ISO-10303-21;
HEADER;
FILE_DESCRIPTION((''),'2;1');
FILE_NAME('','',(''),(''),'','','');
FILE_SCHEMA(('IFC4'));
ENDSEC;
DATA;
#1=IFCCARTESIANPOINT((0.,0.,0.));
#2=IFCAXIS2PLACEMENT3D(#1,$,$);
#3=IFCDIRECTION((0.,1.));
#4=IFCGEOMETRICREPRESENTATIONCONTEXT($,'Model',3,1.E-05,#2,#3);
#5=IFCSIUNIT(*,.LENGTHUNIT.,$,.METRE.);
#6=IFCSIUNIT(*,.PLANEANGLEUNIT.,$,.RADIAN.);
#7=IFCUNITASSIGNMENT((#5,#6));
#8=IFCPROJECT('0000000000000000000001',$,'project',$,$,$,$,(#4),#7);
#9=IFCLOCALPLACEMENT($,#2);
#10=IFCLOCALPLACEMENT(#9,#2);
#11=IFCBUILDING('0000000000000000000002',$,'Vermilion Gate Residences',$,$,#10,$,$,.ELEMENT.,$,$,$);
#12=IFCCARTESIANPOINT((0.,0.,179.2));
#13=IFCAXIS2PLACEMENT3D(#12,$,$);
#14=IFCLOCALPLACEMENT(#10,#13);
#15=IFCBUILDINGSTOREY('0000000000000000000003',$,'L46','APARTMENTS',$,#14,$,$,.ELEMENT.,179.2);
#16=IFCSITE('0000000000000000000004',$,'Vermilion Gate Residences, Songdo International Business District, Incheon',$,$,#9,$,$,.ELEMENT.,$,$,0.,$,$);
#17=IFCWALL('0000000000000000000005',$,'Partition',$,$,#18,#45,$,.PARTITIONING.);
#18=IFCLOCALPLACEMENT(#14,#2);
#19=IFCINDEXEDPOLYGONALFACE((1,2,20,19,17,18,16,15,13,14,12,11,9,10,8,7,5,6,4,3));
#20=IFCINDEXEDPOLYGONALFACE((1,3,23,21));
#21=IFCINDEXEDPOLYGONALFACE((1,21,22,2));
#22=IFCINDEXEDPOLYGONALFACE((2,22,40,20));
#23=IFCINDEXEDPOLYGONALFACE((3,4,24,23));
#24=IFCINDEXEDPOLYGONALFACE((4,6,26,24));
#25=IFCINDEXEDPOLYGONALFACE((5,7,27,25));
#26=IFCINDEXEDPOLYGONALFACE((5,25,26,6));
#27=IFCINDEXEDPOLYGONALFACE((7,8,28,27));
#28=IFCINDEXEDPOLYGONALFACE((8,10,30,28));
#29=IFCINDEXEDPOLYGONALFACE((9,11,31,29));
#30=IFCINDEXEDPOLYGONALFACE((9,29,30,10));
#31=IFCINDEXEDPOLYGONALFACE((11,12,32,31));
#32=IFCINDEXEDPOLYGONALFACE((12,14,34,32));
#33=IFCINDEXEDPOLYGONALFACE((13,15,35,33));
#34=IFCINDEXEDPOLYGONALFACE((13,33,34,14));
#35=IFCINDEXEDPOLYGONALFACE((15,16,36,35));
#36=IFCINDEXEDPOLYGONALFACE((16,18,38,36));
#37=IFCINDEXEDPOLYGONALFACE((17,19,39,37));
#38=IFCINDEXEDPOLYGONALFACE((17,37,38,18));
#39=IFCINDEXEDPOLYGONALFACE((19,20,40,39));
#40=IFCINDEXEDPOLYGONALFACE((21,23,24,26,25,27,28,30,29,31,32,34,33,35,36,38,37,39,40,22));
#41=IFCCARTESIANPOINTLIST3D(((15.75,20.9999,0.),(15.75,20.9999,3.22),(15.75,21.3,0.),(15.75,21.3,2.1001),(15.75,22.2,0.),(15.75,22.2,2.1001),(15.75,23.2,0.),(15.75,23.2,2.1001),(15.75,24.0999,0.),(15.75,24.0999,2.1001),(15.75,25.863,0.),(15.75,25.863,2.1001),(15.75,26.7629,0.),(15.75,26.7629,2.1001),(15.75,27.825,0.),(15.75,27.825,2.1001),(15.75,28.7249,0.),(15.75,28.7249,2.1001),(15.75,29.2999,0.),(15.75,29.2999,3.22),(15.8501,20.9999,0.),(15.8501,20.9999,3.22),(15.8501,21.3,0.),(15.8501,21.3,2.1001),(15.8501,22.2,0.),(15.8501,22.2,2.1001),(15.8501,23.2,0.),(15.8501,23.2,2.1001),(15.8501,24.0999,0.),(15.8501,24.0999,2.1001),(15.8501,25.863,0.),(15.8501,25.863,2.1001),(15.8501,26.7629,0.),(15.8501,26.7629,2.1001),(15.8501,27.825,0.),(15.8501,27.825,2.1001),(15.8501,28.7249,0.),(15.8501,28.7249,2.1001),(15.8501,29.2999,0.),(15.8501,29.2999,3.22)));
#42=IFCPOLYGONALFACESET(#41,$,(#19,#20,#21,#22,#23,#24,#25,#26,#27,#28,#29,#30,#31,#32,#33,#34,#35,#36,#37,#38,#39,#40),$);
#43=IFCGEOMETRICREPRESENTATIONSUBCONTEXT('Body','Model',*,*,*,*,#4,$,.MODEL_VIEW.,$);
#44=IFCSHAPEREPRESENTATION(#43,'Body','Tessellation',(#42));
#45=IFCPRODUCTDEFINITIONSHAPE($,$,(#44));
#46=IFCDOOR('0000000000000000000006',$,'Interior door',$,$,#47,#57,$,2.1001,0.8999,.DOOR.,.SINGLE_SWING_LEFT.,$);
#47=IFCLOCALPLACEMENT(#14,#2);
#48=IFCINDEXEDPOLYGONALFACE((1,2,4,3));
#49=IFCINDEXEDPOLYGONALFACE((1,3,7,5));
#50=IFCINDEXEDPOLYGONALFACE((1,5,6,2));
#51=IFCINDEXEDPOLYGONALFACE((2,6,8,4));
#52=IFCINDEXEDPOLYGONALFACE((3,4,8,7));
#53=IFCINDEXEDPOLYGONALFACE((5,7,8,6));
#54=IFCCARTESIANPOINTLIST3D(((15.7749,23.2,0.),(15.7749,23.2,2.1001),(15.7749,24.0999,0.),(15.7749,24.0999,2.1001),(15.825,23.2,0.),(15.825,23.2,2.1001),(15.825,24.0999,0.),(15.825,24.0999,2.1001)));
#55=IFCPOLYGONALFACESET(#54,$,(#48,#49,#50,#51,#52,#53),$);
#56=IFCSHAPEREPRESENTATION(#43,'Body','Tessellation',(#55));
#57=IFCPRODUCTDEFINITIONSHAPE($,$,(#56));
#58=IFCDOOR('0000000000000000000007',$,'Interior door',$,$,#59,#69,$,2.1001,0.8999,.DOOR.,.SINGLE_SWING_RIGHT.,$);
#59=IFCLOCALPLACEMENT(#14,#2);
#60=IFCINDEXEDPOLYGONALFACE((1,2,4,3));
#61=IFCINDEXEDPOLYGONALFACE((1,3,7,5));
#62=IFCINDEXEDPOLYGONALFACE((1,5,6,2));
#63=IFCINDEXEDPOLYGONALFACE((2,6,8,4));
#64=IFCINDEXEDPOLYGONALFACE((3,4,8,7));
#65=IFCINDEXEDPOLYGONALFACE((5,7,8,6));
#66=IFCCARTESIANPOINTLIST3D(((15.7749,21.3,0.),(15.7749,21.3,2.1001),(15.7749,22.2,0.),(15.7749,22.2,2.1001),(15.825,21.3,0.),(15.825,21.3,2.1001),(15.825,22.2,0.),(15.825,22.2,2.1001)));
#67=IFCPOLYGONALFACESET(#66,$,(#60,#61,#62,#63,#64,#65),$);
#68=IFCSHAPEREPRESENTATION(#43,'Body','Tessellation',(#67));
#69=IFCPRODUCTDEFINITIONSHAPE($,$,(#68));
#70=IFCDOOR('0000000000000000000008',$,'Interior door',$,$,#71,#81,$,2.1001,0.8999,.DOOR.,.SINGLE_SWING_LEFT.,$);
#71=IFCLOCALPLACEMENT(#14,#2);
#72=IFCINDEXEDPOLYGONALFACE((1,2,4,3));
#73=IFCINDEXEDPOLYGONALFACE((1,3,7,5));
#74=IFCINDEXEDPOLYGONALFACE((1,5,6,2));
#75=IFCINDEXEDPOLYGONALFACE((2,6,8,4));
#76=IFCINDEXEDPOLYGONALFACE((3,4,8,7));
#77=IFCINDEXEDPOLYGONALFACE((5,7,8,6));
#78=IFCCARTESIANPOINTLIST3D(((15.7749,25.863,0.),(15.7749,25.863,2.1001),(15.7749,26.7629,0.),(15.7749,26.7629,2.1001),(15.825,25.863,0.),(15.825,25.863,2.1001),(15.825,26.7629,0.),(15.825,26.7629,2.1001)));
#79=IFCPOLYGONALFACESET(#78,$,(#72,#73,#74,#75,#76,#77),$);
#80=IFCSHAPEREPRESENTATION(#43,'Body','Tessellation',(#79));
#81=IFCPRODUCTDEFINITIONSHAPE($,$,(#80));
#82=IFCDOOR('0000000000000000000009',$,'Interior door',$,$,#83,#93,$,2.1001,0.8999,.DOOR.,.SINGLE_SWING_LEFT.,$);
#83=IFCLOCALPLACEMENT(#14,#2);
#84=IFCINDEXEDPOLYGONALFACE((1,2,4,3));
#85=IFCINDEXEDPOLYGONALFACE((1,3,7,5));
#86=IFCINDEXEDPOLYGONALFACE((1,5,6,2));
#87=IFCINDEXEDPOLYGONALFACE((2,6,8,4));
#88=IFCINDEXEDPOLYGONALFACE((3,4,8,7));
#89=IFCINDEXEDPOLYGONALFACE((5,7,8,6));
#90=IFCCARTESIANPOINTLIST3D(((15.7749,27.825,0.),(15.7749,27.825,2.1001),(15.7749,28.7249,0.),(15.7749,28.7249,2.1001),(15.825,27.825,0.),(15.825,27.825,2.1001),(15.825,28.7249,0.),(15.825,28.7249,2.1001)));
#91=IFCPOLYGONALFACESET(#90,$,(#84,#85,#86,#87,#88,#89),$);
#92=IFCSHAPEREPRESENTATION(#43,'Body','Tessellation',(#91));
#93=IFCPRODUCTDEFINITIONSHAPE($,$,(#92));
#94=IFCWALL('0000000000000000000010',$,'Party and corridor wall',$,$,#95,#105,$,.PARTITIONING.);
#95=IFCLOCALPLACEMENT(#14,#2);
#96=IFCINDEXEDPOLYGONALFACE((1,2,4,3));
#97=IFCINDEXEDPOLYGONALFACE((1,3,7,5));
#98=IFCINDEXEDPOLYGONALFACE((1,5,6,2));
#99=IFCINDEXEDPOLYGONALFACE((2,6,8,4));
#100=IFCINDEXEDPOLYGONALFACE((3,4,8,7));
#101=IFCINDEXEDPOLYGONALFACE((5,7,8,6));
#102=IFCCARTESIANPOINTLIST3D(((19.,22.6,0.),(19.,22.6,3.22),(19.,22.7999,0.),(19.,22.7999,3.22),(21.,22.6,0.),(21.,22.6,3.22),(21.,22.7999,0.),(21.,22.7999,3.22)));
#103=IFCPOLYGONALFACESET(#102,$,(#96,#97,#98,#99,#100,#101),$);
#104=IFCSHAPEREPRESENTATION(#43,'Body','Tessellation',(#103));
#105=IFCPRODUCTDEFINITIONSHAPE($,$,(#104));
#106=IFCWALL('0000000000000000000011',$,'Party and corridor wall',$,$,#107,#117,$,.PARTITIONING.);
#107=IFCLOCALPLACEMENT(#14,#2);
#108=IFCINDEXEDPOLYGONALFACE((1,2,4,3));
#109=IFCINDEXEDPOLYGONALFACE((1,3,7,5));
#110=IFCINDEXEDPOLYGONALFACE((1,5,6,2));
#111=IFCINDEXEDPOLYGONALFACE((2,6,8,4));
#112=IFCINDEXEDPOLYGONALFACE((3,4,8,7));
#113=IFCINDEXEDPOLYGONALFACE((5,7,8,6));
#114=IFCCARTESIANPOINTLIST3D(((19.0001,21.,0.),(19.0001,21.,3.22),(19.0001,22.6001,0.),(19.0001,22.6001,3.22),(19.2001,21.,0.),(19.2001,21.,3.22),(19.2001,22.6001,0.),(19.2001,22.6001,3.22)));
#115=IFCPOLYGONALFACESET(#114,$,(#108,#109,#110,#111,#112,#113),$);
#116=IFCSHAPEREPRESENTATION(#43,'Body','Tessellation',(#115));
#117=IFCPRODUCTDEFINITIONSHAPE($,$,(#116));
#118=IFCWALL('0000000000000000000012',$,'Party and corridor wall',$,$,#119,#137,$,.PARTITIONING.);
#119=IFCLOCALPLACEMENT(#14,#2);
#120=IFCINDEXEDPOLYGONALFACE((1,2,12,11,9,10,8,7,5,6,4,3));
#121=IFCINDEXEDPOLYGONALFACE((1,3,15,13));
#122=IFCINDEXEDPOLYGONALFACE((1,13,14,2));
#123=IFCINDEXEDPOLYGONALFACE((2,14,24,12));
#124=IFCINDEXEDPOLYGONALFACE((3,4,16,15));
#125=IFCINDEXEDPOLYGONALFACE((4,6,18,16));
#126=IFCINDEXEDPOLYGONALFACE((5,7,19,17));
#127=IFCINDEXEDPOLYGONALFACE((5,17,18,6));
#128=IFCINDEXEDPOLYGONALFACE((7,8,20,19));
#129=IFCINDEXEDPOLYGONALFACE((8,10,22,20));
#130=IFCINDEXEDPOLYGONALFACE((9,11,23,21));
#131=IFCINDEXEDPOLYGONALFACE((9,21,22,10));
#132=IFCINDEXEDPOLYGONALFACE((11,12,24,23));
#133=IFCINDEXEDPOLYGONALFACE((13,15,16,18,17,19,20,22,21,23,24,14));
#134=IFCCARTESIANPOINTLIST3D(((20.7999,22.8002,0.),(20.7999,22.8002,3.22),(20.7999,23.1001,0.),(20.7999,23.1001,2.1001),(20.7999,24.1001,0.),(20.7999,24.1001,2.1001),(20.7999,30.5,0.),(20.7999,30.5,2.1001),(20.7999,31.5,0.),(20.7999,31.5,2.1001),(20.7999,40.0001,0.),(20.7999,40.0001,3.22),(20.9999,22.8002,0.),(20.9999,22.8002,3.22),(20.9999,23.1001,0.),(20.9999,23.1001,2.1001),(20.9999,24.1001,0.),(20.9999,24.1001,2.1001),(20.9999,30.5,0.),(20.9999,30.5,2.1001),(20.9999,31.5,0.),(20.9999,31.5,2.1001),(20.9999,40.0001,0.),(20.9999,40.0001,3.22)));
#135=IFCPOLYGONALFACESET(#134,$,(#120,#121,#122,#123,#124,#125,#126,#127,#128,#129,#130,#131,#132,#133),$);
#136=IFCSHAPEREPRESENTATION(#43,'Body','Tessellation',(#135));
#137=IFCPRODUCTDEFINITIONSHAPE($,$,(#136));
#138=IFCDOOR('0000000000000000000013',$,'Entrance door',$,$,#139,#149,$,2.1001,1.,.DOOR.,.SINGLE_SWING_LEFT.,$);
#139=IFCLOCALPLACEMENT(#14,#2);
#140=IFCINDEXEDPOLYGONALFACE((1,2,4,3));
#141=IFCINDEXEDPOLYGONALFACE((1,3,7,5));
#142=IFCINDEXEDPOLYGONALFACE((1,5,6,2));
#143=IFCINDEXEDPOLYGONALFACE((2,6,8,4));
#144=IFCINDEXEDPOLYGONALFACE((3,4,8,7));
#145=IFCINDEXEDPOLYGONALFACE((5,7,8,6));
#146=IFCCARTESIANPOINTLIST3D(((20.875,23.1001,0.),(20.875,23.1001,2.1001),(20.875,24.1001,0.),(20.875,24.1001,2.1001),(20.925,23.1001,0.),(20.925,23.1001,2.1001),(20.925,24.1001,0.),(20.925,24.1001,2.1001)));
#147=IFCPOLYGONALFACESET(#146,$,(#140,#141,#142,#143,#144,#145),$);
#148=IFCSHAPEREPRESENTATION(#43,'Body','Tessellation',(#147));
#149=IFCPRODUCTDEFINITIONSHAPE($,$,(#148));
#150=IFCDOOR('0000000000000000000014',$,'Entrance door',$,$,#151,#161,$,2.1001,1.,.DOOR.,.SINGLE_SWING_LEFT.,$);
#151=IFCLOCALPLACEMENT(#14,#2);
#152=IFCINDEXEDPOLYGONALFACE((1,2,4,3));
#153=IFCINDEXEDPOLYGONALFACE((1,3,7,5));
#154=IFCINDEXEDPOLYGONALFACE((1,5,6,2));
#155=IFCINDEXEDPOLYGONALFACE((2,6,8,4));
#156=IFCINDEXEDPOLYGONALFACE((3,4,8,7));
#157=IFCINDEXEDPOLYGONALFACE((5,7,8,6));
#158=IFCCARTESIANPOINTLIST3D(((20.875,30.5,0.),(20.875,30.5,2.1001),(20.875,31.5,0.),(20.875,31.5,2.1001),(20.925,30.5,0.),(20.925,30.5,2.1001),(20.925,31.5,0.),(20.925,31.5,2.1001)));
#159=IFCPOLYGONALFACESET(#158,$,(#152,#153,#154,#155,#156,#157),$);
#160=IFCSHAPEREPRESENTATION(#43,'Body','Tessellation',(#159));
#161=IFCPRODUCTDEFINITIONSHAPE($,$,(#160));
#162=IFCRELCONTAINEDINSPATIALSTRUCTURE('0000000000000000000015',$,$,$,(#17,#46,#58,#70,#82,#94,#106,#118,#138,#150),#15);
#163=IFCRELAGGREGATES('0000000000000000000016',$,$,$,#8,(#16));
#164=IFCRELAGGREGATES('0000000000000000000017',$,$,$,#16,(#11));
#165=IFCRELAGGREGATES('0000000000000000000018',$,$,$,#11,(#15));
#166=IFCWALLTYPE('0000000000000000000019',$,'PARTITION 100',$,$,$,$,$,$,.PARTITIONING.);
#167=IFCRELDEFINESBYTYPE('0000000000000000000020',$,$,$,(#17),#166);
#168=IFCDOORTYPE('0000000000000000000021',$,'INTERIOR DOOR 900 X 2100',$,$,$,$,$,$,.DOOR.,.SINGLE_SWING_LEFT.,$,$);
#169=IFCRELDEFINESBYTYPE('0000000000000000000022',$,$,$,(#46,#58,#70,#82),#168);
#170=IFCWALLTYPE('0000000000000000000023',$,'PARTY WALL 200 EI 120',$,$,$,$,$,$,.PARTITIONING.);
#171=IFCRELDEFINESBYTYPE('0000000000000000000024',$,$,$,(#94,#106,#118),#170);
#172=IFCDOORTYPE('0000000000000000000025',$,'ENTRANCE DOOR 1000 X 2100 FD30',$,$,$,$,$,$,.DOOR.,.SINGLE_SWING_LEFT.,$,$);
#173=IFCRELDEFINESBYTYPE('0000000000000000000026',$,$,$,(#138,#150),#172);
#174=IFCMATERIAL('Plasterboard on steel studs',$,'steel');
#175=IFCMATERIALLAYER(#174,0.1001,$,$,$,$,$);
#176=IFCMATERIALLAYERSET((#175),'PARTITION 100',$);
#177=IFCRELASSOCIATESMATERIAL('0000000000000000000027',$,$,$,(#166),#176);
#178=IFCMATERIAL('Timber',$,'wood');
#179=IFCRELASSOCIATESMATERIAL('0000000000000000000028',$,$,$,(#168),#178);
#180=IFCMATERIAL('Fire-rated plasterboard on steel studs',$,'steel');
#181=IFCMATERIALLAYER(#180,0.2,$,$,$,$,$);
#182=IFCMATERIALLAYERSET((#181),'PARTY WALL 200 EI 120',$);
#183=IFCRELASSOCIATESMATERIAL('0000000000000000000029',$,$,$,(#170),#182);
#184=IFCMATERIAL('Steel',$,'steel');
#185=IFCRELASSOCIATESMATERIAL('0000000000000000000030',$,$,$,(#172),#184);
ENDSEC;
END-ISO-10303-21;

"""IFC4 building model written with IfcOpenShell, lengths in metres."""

from ifc_helpers import new_model, si_unit, direction, frame, frame_2d, origin, place, context, subcontext, project, spatial, rectangle, extrude, material, layer, layer_set, type_object, element, fill, save


model = new_model("IFC4")

# Units and contexts
model_context = context("Model", 3, precision=1e-05, world=origin(), true_north=direction((0.0, 1.0)))
body_context = subcontext(model_context, "Body", "Model", "MODEL_VIEW")
ifc_project = project(units=[si_unit("LENGTHUNIT", "METRE"), si_unit("PLANEANGLEUNIT", "RADIAN")], contexts=[model_context])

# Site, building, storey
site_placement = place(None, origin())
site = spatial("IfcSite", under=ifc_project, at=site_placement, Name="Vermilion Gate Residences, Songdo International Business District, Incheon", CompositionType="ELEMENT", RefElevation=0.0)
building_placement = place(site_placement, origin())
building = spatial("IfcBuilding", under=site, at=building_placement, Name="Vermilion Gate Residences", CompositionType="ELEMENT")
storey_placement = place(building_placement, frame((0.0, 0.0, 179.2)))
storey = spatial("IfcBuildingStorey", under=building, at=storey_placement, Name="L46", Description="APARTMENTS", CompositionType="ELEMENT", Elevation=179.2)

# Shared definitions
ifc_material_1 = material(Name="Plasterboard on steel studs", Category="steel")
ifc_layer_1 = layer(ifc_material_1, 0.1001)
ifc_layer_set_1 = layer_set([ifc_layer_1], Name="PARTITION 100")
wall_type_1 = type_object("IfcWallType", Name="PARTITION 100", PredefinedType="PARTITIONING", material=ifc_layer_set_1)

# Wall, openings, doors
wall_1_placement = place(storey_placement, frame((15.8, 21.0, 0.0), z_axis=(0.0, 0.0, 1.0), x_axis=(0.0, 1.0, 0.0)))
wall_1 = element("IfcWall", 1, at=wall_1_placement, inside=storey, type_object=wall_type_1, Name="Partition", PredefinedType="PARTITIONING", context=body_context, shape_type="SweptSolid", body=[
    extrude(rectangle(XDim=8.3, YDim=0.1001, at=frame_2d((4.1499, 0.0))), origin(), (0.0, 0.0, 1.0), 3.22),
])
opening_1_placement = place(wall_1_placement, frame((2.2, 0.0, 0.0)))
opening_1 = element("IfcOpeningElement", 2, at=opening_1_placement, cuts=wall_1, PredefinedType="OPENING", context=body_context, shape_type="SweptSolid", body=[
    extrude(rectangle(XDim=0.8999, YDim=2.1001, at=frame_2d((0.45, 1.05))), frame((0.0, 0.0601, 0.0), z_axis=(0.0, -1.0, 0.0), x_axis=(1.0, 0.0, 0.0)), (0.0, 0.0, 1.0), 0.1201),
])
opening_2_placement = place(wall_1_placement, frame((0.3, 0.0, 0.0)))
opening_2 = element("IfcOpeningElement", 3, at=opening_2_placement, cuts=wall_1, PredefinedType="OPENING", context=body_context, shape_type="SweptSolid", body=[
    extrude(rectangle(XDim=0.8999, YDim=2.1001, at=frame_2d((0.45, 1.05))), frame((0.0, 0.0601, 0.0), z_axis=(0.0, -1.0, 0.0), x_axis=(1.0, 0.0, 0.0)), (0.0, 0.0, 1.0), 0.1201),
])
opening_3_placement = place(wall_1_placement, frame((4.863, 0.0, 0.0)))
opening_3 = element("IfcOpeningElement", 4, at=opening_3_placement, cuts=wall_1, PredefinedType="OPENING", context=body_context, shape_type="SweptSolid", body=[
    extrude(rectangle(XDim=0.8999, YDim=2.1001, at=frame_2d((0.45, 1.05))), frame((0.0, 0.0601, 0.0), z_axis=(0.0, -1.0, 0.0), x_axis=(1.0, 0.0, 0.0)), (0.0, 0.0, 1.0), 0.1201),
])
opening_4_placement = place(wall_1_placement, frame((6.825, 0.0, 0.0)))
opening_4 = element("IfcOpeningElement", 5, at=opening_4_placement, cuts=wall_1, PredefinedType="OPENING", context=body_context, shape_type="SweptSolid", body=[
    extrude(rectangle(XDim=0.8999, YDim=2.1001, at=frame_2d((0.45, 1.05))), frame((0.0, 0.0601, 0.0), z_axis=(0.0, -1.0, 0.0), x_axis=(1.0, 0.0, 0.0)), (0.0, 0.0, 1.0), 0.1201),
])
ifc_material_2 = material(Name="Timber", Category="wood")
door_type_1 = type_object("IfcDoorType", Name="INTERIOR DOOR 900 X 2100", OperationType="SINGLE_SWING_LEFT", PredefinedType="DOOR", material=ifc_material_2)
door_1_placement = place(opening_1_placement, frame((0.8999, 0.0, 0.0), z_axis=(0.0, 0.0, 1.0), x_axis=(-1.0, 0.0, 0.0)))
door_1 = element("IfcDoor", 6, at=door_1_placement, inside=storey, type_object=door_type_1, Name="Interior door", OperationType="SINGLE_SWING_LEFT", OverallHeight=2.1001, OverallWidth=0.8999, PredefinedType="DOOR", context=body_context, shape_type="SweptSolid", body=[
    extrude(rectangle(XDim=0.8999, YDim=2.1001, at=frame_2d((0.45, 1.05))), frame((0.0, 0.0249, 0.0), z_axis=(0.0, -1.0, 0.0), x_axis=(1.0, 0.0, 0.0)), (0.0, 0.0, 1.0), 0.05),
])
fill(opening_1, door_1)
door_2_placement = place(opening_2_placement, frame((0.8999, 0.0, 0.0), z_axis=(0.0, 0.0, 1.0), x_axis=(-1.0, 0.0, 0.0)))
door_2 = element("IfcDoor", 7, at=door_2_placement, inside=storey, type_object=door_type_1, Name="Interior door", OperationType="SINGLE_SWING_RIGHT", OverallHeight=2.1001, OverallWidth=0.8999, PredefinedType="DOOR", context=body_context, shape_type="SweptSolid", body=[
    extrude(rectangle(XDim=0.8999, YDim=2.1001, at=frame_2d((0.45, 1.05))), frame((0.0, 0.0249, 0.0), z_axis=(0.0, -1.0, 0.0), x_axis=(1.0, 0.0, 0.0)), (0.0, 0.0, 1.0), 0.05),
])
fill(opening_2, door_2)
door_3_placement = place(opening_3_placement, frame((0.8999, 0.0, 0.0), z_axis=(0.0, 0.0, 1.0), x_axis=(-1.0, 0.0, 0.0)))
door_3 = element("IfcDoor", 8, at=door_3_placement, inside=storey, type_object=door_type_1, Name="Interior door", OperationType="SINGLE_SWING_LEFT", OverallHeight=2.1001, OverallWidth=0.8999, PredefinedType="DOOR", context=body_context, shape_type="SweptSolid", body=[
    extrude(rectangle(XDim=0.8999, YDim=2.1001, at=frame_2d((0.45, 1.05))), frame((0.0, 0.0249, 0.0), z_axis=(0.0, -1.0, 0.0), x_axis=(1.0, 0.0, 0.0)), (0.0, 0.0, 1.0), 0.05),
])
fill(opening_3, door_3)
door_4_placement = place(opening_4_placement, frame((0.8999, 0.0, 0.0), z_axis=(0.0, 0.0, 1.0), x_axis=(-1.0, 0.0, 0.0)))
door_4 = element("IfcDoor", 9, at=door_4_placement, inside=storey, type_object=door_type_1, Name="Interior door", OperationType="SINGLE_SWING_LEFT", OverallHeight=2.1001, OverallWidth=0.8999, PredefinedType="DOOR", context=body_context, shape_type="SweptSolid", body=[
    extrude(rectangle(XDim=0.8999, YDim=2.1001, at=frame_2d((0.45, 1.05))), frame((0.0, 0.0249, 0.0), z_axis=(0.0, -1.0, 0.0), x_axis=(1.0, 0.0, 0.0)), (0.0, 0.0, 1.0), 0.05),
])
fill(opening_4, door_4)

# Walls
ifc_material_3 = material(Name="Fire-rated plasterboard on steel studs", Category="steel")
ifc_layer_2 = layer(ifc_material_3, 0.2)
ifc_layer_set_2 = layer_set([ifc_layer_2], Name="PARTY WALL 200 EI 120")
wall_type_2 = type_object("IfcWallType", Name="PARTY WALL 200 EI 120", PredefinedType="PARTITIONING", material=ifc_layer_set_2)
wall_2_placement = place(storey_placement, frame((19.0, 22.7, 0.0), z_axis=(0.0, 0.0, 1.0), x_axis=(1.0, 0.0, 0.0)))
element("IfcWall", 10, at=wall_2_placement, inside=storey, type_object=wall_type_2, Name="Party and corridor wall", PredefinedType="PARTITIONING", context=body_context, shape_type="SweptSolid", body=[
    extrude(rectangle(XDim=2.0, YDim=0.2, at=frame_2d((1.0, 0.0))), origin(), (0.0, 0.0, 1.0), 3.22),
])
wall_3_placement = place(storey_placement, frame((19.1001, 21.0, 0.0), z_axis=(0.0, 0.0, 1.0), x_axis=(0.0, 1.0, 0.0)))
element("IfcWall", 11, at=wall_3_placement, inside=storey, type_object=wall_type_2, Name="Party and corridor wall", PredefinedType="PARTITIONING", context=body_context, shape_type="SweptSolid", body=[
    extrude(rectangle(XDim=1.6001, YDim=0.2, at=frame_2d((0.8, 0.0))), origin(), (0.0, 0.0, 1.0), 3.22),
])

# Wall, openings, doors
wall_4_placement = place(storey_placement, frame((20.8999, 22.8, 0.0), z_axis=(0.0, 0.0, 1.0), x_axis=(0.0, 1.0, 0.0)))
wall_4 = element("IfcWall", 12, at=wall_4_placement, inside=storey, type_object=wall_type_2, Name="Party and corridor wall", PredefinedType="PARTITIONING", context=body_context, shape_type="SweptSolid", body=[
    extrude(rectangle(XDim=17.2, YDim=0.2, at=frame_2d((8.6001, 0.0))), origin(), (0.0, 0.0, 1.0), 3.22),
])
opening_5_placement = place(wall_4_placement, frame((0.3, 0.0, 0.0)))
opening_5 = element("IfcOpeningElement", 13, at=opening_5_placement, cuts=wall_4, PredefinedType="OPENING", context=body_context, shape_type="SweptSolid", body=[
    extrude(rectangle(XDim=1.0, YDim=2.1001, at=frame_2d((0.5, 1.05))), frame((0.0, 0.1099, 0.0), z_axis=(0.0, -1.0, 0.0), x_axis=(1.0, 0.0, 0.0)), (0.0, 0.0, 1.0), 0.22),
])
opening_6_placement = place(wall_4_placement, frame((7.7, 0.0, 0.0)))
opening_6 = element("IfcOpeningElement", 14, at=opening_6_placement, cuts=wall_4, PredefinedType="OPENING", context=body_context, shape_type="SweptSolid", body=[
    extrude(rectangle(XDim=1.0, YDim=2.1001, at=frame_2d((0.5, 1.05))), frame((0.0, 0.1099, 0.0), z_axis=(0.0, -1.0, 0.0), x_axis=(1.0, 0.0, 0.0)), (0.0, 0.0, 1.0), 0.22),
])
ifc_material_4 = material(Name="Steel", Category="steel")
door_type_2 = type_object("IfcDoorType", Name="ENTRANCE DOOR 1000 X 2100 FD30", OperationType="SINGLE_SWING_LEFT", PredefinedType="DOOR", material=ifc_material_4)
door_5_placement = place(opening_5_placement, origin())
door_5 = element("IfcDoor", 15, at=door_5_placement, inside=storey, type_object=door_type_2, Name="Entrance door", OperationType="SINGLE_SWING_LEFT", OverallHeight=2.1001, OverallWidth=1.0, PredefinedType="DOOR", context=body_context, shape_type="SweptSolid", body=[
    extrude(rectangle(XDim=1.0, YDim=2.1001, at=frame_2d((0.5, 1.05))), frame((0.0, 0.0249, 0.0), z_axis=(0.0, -1.0, 0.0), x_axis=(1.0, 0.0, 0.0)), (0.0, 0.0, 1.0), 0.05),
])
fill(opening_5, door_5)
door_6_placement = place(opening_6_placement, origin())
door_6 = element("IfcDoor", 16, at=door_6_placement, inside=storey, type_object=door_type_2, Name="Entrance door", OperationType="SINGLE_SWING_LEFT", OverallHeight=2.1001, OverallWidth=1.0, PredefinedType="DOOR", context=body_context, shape_type="SweptSolid", body=[
    extrude(rectangle(XDim=1.0, YDim=2.1001, at=frame_2d((0.5, 1.05))), frame((0.0, 0.0249, 0.0), z_axis=(0.0, -1.0, 0.0), x_axis=(1.0, 0.0, 0.0)), (0.0, 0.0, 1.0), 0.05),
])
fill(opening_6, door_6)

save(model, "model.ifc")
